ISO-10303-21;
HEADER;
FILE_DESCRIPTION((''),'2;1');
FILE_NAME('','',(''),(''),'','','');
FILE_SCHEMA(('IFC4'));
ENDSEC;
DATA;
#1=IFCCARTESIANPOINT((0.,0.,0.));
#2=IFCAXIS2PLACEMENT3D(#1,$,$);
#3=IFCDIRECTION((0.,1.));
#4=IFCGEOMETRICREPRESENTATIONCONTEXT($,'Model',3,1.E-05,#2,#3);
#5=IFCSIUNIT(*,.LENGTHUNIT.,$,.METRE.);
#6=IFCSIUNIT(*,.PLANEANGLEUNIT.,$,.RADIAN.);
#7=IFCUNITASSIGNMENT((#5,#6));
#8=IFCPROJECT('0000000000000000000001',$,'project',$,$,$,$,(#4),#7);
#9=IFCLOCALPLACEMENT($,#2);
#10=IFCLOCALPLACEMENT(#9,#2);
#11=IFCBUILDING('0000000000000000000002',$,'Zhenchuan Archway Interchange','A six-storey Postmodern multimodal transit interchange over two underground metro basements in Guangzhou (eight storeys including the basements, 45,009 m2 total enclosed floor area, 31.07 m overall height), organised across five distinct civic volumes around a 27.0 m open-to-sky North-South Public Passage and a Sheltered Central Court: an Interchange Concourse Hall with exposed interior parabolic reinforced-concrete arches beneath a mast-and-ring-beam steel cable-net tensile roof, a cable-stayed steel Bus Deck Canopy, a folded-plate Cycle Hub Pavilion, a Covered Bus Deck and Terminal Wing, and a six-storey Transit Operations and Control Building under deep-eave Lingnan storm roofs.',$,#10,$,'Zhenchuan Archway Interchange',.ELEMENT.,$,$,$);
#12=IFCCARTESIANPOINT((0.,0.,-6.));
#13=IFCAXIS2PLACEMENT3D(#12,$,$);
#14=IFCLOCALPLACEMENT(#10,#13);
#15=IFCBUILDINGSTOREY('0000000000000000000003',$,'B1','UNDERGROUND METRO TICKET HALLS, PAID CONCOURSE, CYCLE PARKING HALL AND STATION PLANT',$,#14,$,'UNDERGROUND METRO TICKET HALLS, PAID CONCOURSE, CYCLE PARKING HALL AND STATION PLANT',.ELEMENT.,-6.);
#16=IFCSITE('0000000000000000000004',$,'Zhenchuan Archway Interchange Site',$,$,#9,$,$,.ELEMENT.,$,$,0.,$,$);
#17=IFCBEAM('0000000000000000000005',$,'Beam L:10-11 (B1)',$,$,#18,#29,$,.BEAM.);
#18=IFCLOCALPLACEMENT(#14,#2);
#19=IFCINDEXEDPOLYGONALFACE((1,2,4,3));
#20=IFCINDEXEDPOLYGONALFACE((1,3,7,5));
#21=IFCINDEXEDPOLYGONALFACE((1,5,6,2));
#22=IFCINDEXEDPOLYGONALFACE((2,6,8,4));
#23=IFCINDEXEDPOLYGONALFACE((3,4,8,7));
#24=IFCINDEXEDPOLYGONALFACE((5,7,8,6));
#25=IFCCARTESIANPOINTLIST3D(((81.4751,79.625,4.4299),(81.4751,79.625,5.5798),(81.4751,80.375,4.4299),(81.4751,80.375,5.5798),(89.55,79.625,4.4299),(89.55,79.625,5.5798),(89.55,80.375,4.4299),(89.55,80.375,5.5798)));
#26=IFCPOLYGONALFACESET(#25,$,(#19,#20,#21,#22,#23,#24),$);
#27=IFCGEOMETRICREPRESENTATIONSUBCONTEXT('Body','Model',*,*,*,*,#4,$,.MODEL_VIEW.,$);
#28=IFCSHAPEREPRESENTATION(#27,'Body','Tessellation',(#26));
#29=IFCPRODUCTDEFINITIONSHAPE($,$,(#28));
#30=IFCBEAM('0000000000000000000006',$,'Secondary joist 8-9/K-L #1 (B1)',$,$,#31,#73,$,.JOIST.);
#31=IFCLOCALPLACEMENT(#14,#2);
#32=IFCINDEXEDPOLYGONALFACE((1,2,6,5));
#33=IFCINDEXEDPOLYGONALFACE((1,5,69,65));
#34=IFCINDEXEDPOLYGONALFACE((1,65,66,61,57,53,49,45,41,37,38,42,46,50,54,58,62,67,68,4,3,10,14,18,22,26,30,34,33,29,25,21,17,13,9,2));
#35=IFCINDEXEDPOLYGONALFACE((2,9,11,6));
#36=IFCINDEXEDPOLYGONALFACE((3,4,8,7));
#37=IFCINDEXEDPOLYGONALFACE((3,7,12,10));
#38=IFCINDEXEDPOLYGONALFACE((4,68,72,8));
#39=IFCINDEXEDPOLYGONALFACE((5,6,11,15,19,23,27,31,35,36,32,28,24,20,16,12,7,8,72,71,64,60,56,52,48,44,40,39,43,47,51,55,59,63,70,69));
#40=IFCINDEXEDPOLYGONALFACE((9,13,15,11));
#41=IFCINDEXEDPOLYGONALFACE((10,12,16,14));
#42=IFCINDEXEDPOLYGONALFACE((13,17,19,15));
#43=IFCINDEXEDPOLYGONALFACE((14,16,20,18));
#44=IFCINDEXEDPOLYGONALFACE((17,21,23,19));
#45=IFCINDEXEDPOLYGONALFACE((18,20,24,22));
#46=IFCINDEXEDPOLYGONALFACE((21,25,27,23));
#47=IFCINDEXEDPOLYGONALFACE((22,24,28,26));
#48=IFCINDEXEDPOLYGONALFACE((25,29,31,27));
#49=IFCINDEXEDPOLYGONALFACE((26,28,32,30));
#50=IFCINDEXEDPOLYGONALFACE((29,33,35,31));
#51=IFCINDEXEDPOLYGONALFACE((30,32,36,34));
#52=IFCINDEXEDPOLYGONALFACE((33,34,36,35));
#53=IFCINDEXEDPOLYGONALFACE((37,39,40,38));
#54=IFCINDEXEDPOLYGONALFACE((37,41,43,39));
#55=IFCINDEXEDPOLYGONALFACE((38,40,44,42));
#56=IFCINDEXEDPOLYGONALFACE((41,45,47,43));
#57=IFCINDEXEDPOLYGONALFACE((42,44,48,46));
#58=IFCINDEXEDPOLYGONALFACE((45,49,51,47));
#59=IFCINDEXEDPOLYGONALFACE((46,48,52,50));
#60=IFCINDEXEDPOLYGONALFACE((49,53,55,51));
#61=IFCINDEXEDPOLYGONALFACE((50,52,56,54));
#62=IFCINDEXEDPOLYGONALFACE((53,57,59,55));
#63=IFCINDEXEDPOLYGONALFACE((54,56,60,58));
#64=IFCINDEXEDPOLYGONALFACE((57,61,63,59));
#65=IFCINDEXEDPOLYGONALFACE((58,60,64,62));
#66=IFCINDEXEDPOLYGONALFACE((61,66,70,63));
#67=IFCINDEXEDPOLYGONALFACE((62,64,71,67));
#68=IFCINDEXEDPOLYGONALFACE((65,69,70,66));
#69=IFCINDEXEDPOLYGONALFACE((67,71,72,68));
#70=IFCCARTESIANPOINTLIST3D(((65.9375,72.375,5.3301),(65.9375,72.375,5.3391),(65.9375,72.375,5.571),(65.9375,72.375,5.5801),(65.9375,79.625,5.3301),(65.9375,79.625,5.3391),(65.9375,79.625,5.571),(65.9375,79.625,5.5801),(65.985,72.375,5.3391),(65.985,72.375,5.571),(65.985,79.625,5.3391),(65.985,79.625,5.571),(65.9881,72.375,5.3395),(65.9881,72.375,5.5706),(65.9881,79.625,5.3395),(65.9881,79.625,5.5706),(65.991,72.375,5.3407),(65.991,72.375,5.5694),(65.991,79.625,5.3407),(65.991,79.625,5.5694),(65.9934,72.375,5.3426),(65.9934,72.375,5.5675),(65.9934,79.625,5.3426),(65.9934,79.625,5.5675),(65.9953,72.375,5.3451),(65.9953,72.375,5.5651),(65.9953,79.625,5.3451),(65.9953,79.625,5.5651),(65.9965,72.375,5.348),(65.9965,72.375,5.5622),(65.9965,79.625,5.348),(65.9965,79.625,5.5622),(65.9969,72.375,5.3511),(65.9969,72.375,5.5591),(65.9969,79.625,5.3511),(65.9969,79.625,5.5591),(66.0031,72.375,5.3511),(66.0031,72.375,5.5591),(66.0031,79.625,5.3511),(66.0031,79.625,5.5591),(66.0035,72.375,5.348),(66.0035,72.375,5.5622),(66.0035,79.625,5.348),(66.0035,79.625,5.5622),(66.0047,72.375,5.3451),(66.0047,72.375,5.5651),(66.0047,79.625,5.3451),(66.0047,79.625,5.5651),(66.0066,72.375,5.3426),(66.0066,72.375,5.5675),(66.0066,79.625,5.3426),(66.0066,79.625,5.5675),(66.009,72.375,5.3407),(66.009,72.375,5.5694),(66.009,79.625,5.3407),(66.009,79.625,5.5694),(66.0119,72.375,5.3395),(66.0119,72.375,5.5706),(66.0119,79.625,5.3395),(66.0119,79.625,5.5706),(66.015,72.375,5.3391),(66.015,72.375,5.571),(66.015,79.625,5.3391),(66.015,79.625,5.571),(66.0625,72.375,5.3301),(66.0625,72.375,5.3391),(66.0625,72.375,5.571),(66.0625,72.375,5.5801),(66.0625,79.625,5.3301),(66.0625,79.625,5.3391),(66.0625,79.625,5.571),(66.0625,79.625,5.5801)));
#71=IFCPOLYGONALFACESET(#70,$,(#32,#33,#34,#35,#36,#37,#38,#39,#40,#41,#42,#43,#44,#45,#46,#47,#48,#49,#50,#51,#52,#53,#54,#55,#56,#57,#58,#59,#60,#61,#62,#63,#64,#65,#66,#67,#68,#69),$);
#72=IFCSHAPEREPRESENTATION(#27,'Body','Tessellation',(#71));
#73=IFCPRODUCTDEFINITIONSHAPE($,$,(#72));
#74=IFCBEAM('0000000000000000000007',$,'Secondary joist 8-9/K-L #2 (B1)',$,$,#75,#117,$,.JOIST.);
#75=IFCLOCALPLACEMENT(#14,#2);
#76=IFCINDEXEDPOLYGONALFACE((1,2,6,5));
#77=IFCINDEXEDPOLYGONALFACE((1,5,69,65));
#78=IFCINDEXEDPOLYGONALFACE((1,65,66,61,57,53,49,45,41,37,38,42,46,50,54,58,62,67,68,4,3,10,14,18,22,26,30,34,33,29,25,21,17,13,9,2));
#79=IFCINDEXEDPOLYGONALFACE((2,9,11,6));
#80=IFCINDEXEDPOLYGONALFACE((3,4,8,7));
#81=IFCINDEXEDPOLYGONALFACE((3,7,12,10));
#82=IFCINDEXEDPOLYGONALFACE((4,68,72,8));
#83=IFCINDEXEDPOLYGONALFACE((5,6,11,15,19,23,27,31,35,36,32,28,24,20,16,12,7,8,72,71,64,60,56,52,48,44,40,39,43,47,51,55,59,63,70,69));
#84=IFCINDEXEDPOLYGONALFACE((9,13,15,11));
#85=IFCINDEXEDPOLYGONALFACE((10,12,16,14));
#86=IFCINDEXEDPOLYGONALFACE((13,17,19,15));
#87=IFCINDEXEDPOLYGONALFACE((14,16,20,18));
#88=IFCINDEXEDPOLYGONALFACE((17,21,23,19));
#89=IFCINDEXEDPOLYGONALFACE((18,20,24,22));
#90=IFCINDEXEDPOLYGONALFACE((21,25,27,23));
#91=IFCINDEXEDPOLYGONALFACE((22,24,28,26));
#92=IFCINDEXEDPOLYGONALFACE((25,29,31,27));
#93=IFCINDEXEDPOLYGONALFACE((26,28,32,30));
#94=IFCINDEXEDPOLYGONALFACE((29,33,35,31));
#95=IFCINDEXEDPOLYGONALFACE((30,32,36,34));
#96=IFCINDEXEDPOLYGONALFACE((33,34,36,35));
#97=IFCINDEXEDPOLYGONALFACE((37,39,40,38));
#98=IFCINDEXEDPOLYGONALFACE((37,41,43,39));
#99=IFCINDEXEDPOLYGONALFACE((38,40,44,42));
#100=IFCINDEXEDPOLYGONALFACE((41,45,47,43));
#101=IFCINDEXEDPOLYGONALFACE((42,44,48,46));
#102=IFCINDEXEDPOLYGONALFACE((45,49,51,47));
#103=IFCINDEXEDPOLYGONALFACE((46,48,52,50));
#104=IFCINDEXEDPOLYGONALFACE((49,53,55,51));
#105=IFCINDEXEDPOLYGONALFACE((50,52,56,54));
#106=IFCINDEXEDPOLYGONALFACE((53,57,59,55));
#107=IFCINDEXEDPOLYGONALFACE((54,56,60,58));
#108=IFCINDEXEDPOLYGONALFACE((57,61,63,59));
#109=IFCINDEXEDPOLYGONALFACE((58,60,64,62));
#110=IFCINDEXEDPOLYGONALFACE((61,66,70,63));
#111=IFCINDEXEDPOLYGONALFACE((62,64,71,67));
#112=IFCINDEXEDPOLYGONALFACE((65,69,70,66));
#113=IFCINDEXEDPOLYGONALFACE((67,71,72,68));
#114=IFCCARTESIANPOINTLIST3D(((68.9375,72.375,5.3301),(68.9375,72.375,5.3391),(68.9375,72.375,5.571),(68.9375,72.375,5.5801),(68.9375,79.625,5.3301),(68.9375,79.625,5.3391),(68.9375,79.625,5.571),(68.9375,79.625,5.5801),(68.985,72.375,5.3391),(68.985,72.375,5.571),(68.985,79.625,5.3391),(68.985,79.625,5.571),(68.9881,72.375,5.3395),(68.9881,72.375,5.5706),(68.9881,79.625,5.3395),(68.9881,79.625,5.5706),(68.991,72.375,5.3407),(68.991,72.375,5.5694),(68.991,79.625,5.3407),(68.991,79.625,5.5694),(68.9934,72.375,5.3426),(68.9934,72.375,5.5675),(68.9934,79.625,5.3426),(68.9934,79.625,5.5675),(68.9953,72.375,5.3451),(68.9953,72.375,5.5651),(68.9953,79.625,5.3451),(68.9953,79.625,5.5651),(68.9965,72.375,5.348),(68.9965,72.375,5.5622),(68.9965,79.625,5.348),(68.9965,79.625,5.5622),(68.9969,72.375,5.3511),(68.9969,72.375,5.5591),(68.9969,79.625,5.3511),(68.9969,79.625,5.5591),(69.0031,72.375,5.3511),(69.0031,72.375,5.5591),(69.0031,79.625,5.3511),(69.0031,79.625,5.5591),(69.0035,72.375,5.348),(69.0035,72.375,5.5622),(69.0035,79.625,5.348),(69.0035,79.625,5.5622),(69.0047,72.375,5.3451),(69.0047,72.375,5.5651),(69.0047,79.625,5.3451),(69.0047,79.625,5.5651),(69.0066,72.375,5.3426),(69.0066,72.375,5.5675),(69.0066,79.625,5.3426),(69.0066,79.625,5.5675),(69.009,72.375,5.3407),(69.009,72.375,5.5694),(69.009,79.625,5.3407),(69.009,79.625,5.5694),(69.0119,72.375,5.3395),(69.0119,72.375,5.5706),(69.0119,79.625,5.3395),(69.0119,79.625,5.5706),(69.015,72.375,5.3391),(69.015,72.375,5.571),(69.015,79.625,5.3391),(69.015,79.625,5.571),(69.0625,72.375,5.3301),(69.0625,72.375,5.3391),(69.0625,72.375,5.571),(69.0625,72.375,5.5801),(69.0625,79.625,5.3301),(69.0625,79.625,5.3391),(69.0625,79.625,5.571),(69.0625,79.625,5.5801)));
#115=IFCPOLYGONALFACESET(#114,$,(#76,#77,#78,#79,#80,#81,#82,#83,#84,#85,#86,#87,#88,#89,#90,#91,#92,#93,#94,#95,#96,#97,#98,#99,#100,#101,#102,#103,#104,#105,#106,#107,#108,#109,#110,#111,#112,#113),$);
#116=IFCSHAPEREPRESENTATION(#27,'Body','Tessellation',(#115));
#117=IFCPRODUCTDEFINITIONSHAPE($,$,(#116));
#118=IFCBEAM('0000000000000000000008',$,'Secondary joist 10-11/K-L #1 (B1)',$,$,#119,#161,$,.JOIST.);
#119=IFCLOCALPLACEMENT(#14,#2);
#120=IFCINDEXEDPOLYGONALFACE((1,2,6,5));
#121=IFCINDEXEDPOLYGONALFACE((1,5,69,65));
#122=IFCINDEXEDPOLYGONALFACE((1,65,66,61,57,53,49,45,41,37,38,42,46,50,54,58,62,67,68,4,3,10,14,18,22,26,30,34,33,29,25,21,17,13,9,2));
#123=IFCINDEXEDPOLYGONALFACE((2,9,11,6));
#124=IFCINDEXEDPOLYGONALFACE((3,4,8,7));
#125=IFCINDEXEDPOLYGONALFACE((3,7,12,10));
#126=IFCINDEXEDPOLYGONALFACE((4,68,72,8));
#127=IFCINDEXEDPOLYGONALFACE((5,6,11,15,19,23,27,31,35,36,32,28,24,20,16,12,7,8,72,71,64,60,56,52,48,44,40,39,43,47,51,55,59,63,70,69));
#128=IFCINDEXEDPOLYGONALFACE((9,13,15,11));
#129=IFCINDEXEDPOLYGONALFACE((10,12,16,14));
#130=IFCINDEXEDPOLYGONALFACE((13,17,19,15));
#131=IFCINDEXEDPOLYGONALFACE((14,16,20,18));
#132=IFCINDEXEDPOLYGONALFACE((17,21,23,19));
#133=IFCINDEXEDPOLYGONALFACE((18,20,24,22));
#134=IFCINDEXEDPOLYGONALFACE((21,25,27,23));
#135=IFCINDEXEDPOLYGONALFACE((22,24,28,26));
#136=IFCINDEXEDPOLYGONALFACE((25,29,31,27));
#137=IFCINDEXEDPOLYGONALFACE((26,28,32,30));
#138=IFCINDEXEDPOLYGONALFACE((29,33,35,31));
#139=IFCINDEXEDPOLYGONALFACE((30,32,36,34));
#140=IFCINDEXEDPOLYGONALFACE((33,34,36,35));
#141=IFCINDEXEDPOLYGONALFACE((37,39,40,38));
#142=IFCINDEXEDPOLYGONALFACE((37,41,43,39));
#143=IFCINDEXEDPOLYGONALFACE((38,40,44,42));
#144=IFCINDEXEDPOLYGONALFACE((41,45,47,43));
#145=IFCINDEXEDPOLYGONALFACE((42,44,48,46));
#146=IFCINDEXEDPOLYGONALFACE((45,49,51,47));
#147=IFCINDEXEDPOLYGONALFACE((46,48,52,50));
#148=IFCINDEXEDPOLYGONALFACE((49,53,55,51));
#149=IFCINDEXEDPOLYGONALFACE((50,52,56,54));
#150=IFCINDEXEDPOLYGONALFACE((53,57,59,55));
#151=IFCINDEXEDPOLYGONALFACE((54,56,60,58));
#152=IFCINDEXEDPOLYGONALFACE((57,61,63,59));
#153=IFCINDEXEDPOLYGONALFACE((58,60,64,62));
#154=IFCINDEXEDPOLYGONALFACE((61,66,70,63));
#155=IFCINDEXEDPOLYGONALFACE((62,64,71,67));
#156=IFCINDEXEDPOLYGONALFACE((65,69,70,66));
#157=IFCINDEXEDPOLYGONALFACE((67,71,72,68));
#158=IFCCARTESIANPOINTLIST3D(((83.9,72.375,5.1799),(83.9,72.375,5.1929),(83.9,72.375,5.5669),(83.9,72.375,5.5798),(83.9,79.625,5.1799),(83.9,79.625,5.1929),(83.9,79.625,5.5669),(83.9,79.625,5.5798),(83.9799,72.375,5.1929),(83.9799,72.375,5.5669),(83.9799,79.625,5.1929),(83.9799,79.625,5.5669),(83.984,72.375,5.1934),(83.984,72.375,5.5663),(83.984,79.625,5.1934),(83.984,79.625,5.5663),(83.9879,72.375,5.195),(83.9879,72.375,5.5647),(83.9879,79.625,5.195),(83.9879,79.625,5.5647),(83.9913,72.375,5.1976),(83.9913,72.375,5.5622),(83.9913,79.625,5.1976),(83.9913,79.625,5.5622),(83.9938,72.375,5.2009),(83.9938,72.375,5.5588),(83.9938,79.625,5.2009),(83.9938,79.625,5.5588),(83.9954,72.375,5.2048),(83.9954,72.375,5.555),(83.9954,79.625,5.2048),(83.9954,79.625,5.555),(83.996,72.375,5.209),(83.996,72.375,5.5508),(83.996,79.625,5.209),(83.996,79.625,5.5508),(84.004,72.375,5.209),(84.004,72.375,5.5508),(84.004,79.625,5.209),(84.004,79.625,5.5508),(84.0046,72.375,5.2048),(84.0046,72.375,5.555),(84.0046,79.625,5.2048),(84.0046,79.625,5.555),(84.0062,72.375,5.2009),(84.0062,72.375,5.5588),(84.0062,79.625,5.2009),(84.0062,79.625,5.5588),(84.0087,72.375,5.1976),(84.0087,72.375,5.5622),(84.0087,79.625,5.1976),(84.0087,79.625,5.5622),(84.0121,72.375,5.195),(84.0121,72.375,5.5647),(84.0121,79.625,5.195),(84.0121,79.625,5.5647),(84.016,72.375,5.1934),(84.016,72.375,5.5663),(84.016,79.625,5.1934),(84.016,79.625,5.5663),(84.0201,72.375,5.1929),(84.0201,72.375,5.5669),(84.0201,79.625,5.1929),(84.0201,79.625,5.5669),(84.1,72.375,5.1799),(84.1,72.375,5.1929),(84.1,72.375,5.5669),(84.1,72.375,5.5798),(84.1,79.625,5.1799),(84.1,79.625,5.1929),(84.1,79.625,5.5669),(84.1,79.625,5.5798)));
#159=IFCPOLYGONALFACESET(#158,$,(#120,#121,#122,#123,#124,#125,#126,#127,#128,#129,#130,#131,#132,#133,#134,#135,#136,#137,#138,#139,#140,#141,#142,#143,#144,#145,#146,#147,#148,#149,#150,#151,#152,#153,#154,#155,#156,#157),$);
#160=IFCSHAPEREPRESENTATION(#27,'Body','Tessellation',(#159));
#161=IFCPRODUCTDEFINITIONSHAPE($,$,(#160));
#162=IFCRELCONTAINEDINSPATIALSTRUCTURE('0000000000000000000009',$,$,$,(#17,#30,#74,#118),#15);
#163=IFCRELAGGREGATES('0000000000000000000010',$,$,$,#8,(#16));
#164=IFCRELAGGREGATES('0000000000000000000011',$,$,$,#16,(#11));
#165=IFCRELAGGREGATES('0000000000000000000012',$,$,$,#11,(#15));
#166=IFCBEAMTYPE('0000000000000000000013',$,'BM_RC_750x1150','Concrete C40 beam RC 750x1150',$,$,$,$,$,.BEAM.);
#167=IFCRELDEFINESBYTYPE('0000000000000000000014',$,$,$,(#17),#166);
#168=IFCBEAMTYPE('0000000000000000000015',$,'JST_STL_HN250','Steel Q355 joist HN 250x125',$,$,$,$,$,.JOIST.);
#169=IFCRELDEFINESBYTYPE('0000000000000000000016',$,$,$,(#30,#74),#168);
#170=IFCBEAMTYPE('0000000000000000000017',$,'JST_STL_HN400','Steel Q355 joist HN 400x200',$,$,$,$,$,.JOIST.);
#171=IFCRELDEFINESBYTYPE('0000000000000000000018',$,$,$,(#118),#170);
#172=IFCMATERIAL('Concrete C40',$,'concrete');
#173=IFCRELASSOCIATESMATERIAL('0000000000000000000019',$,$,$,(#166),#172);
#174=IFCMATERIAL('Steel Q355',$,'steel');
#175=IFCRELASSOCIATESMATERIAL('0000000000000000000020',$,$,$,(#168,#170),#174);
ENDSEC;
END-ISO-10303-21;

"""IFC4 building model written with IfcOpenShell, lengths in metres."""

from ifc_helpers import new_model, si_unit, direction, frame, origin, origin_2d, place, context, subcontext, project, spatial, rectangle, i_section, extrude, material, material_profile, profile_set, type_object, element, save


model = new_model("IFC4")

# Units and contexts
model_context = context("Model", 3, precision=1e-05, world=origin(), true_north=direction((0.0, 1.0)))
body_context = subcontext(model_context, "Body", "Model", "MODEL_VIEW")
ifc_project = project(units=[si_unit("LENGTHUNIT", "METRE"), si_unit("PLANEANGLEUNIT", "RADIAN")], contexts=[model_context])

# Site, building, storey
site_placement = place(None, origin())
site = spatial("IfcSite", under=ifc_project, at=site_placement, Name="Zhenchuan Archway Interchange Site", CompositionType="ELEMENT", RefElevation=0.0)
building_placement = place(site_placement, origin())
building = spatial("IfcBuilding", under=site, at=building_placement, Name="Zhenchuan Archway Interchange", Description="A six-storey Postmodern multimodal transit interchange over two underground metro basements in Guangzhou (eight storeys including the basements, 45,009 m2 total enclosed floor area, 31.07 m overall height), organised across five distinct civic volumes around a 27.0 m open-to-sky North-South Public Passage and a Sheltered Central Court: an Interchange Concourse Hall with exposed interior parabolic reinforced-concrete arches beneath a mast-and-ring-beam steel cable-net tensile roof, a cable-stayed steel Bus Deck Canopy, a folded-plate Cycle Hub Pavilion, a Covered Bus Deck and Terminal Wing, and a six-storey Transit Operations and Control Building under deep-eave Lingnan storm roofs.", LongName="Zhenchuan Archway Interchange", CompositionType="ELEMENT")
storey_placement = place(building_placement, frame((0.0, 0.0, -6.0)))
storey = spatial("IfcBuildingStorey", under=building, at=storey_placement, Name="B1", Description="UNDERGROUND METRO TICKET HALLS, PAID CONCOURSE, CYCLE PARKING HALL AND STATION PLANT", LongName="UNDERGROUND METRO TICKET HALLS, PAID CONCOURSE, CYCLE PARKING HALL AND STATION PLANT", CompositionType="ELEMENT", Elevation=-6.0)

# Beams
ifc_material_1 = material(Name="Concrete C40", Category="concrete")
ifc_material_profile_1 = material_profile(ifc_material_1, rectangle(XDim=0.75, YDim=1.1499, at=origin_2d()), Name="RC 750x1150")
ifc_profile_set_1 = profile_set([ifc_material_profile_1], Name="Concrete C40")
beam_type_1 = type_object("IfcBeamType", Name="BM_RC_750x1150", Description="Concrete C40 beam RC 750x1150", PredefinedType="BEAM", material=ifc_profile_set_1)
for number, where, z_axis, x_axis, name in (
    (1, (81.4751, 80.0, 5.0049), (1.0, 0.0, 0.0), (0.0, 1.0, 0.0), "Beam L:10-11 (B1)"),
):
    element("IfcBeam", number, at=place(storey_placement, frame(where, z_axis=z_axis, x_axis=x_axis)), inside=storey, type_object=beam_type_1, Name=name, PredefinedType="BEAM", context=body_context, shape_type="SweptSolid", body=[
        extrude(rectangle(XDim=0.75, YDim=1.1499, at=origin_2d()), origin(), (0.0, 0.0, 1.0), 8.075),
    ])
ifc_material_2 = material(Name="Steel Q355", Category="steel")
ifc_material_profile_2 = material_profile(ifc_material_2, i_section(OverallWidth=0.125, OverallDepth=0.25, WebThickness=0.0061, FlangeThickness=0.009, FilletRadius=0.012, at=origin_2d()), Name="HN 250x125")
ifc_profile_set_2 = profile_set([ifc_material_profile_2], Name="Steel Q355")
beam_type_2 = type_object("IfcBeamType", Name="JST_STL_HN250", Description="Steel Q355 joist HN 250x125", PredefinedType="JOIST", material=ifc_profile_set_2)
for number, where, z_axis, x_axis, name in (
    (2, (66.0, 72.375, 5.4551), (0.0, 1.0, 0.0), (-1.0, 0.0, 0.0), "Secondary joist 8-9/K-L #1 (B1)"),
    (3, (69.0, 72.375, 5.4551), (0.0, 1.0, 0.0), (-1.0, 0.0, 0.0), "Secondary joist 8-9/K-L #2 (B1)"),
):
    element("IfcBeam", number, at=place(storey_placement, frame(where, z_axis=z_axis, x_axis=x_axis)), inside=storey, type_object=beam_type_2, Name=name, PredefinedType="JOIST", context=body_context, shape_type="SweptSolid", body=[
        extrude(i_section(OverallWidth=0.125, OverallDepth=0.25, WebThickness=0.0061, FlangeThickness=0.009, FilletRadius=0.012, at=origin_2d()), origin(), (0.0, 0.0, 1.0), 7.25),
    ])
ifc_material_profile_3 = material_profile(ifc_material_2, i_section(OverallWidth=0.2, OverallDepth=0.3999, WebThickness=0.0081, FlangeThickness=0.0129, FilletRadius=0.0161, at=origin_2d()), Name="HN 400x200")
ifc_profile_set_3 = profile_set([ifc_material_profile_3], Name="Steel Q355")
beam_type_3 = type_object("IfcBeamType", Name="JST_STL_HN400", Description="Steel Q355 joist HN 400x200", PredefinedType="JOIST", material=ifc_profile_set_3)
for number, where, z_axis, x_axis, name in (
    (4, (84.0, 72.375, 5.3799), (0.0, 1.0, 0.0), (-1.0, 0.0, 0.0), "Secondary joist 10-11/K-L #1 (B1)"),
):
    element("IfcBeam", number, at=place(storey_placement, frame(where, z_axis=z_axis, x_axis=x_axis)), inside=storey, type_object=beam_type_3, Name=name, PredefinedType="JOIST", context=body_context, shape_type="SweptSolid", body=[
        extrude(i_section(OverallWidth=0.2, OverallDepth=0.3999, WebThickness=0.0081, FlangeThickness=0.0129, FilletRadius=0.0161, at=origin_2d()), origin(), (0.0, 0.0, 1.0), 7.25),
    ])

save(model, "model.ifc")
